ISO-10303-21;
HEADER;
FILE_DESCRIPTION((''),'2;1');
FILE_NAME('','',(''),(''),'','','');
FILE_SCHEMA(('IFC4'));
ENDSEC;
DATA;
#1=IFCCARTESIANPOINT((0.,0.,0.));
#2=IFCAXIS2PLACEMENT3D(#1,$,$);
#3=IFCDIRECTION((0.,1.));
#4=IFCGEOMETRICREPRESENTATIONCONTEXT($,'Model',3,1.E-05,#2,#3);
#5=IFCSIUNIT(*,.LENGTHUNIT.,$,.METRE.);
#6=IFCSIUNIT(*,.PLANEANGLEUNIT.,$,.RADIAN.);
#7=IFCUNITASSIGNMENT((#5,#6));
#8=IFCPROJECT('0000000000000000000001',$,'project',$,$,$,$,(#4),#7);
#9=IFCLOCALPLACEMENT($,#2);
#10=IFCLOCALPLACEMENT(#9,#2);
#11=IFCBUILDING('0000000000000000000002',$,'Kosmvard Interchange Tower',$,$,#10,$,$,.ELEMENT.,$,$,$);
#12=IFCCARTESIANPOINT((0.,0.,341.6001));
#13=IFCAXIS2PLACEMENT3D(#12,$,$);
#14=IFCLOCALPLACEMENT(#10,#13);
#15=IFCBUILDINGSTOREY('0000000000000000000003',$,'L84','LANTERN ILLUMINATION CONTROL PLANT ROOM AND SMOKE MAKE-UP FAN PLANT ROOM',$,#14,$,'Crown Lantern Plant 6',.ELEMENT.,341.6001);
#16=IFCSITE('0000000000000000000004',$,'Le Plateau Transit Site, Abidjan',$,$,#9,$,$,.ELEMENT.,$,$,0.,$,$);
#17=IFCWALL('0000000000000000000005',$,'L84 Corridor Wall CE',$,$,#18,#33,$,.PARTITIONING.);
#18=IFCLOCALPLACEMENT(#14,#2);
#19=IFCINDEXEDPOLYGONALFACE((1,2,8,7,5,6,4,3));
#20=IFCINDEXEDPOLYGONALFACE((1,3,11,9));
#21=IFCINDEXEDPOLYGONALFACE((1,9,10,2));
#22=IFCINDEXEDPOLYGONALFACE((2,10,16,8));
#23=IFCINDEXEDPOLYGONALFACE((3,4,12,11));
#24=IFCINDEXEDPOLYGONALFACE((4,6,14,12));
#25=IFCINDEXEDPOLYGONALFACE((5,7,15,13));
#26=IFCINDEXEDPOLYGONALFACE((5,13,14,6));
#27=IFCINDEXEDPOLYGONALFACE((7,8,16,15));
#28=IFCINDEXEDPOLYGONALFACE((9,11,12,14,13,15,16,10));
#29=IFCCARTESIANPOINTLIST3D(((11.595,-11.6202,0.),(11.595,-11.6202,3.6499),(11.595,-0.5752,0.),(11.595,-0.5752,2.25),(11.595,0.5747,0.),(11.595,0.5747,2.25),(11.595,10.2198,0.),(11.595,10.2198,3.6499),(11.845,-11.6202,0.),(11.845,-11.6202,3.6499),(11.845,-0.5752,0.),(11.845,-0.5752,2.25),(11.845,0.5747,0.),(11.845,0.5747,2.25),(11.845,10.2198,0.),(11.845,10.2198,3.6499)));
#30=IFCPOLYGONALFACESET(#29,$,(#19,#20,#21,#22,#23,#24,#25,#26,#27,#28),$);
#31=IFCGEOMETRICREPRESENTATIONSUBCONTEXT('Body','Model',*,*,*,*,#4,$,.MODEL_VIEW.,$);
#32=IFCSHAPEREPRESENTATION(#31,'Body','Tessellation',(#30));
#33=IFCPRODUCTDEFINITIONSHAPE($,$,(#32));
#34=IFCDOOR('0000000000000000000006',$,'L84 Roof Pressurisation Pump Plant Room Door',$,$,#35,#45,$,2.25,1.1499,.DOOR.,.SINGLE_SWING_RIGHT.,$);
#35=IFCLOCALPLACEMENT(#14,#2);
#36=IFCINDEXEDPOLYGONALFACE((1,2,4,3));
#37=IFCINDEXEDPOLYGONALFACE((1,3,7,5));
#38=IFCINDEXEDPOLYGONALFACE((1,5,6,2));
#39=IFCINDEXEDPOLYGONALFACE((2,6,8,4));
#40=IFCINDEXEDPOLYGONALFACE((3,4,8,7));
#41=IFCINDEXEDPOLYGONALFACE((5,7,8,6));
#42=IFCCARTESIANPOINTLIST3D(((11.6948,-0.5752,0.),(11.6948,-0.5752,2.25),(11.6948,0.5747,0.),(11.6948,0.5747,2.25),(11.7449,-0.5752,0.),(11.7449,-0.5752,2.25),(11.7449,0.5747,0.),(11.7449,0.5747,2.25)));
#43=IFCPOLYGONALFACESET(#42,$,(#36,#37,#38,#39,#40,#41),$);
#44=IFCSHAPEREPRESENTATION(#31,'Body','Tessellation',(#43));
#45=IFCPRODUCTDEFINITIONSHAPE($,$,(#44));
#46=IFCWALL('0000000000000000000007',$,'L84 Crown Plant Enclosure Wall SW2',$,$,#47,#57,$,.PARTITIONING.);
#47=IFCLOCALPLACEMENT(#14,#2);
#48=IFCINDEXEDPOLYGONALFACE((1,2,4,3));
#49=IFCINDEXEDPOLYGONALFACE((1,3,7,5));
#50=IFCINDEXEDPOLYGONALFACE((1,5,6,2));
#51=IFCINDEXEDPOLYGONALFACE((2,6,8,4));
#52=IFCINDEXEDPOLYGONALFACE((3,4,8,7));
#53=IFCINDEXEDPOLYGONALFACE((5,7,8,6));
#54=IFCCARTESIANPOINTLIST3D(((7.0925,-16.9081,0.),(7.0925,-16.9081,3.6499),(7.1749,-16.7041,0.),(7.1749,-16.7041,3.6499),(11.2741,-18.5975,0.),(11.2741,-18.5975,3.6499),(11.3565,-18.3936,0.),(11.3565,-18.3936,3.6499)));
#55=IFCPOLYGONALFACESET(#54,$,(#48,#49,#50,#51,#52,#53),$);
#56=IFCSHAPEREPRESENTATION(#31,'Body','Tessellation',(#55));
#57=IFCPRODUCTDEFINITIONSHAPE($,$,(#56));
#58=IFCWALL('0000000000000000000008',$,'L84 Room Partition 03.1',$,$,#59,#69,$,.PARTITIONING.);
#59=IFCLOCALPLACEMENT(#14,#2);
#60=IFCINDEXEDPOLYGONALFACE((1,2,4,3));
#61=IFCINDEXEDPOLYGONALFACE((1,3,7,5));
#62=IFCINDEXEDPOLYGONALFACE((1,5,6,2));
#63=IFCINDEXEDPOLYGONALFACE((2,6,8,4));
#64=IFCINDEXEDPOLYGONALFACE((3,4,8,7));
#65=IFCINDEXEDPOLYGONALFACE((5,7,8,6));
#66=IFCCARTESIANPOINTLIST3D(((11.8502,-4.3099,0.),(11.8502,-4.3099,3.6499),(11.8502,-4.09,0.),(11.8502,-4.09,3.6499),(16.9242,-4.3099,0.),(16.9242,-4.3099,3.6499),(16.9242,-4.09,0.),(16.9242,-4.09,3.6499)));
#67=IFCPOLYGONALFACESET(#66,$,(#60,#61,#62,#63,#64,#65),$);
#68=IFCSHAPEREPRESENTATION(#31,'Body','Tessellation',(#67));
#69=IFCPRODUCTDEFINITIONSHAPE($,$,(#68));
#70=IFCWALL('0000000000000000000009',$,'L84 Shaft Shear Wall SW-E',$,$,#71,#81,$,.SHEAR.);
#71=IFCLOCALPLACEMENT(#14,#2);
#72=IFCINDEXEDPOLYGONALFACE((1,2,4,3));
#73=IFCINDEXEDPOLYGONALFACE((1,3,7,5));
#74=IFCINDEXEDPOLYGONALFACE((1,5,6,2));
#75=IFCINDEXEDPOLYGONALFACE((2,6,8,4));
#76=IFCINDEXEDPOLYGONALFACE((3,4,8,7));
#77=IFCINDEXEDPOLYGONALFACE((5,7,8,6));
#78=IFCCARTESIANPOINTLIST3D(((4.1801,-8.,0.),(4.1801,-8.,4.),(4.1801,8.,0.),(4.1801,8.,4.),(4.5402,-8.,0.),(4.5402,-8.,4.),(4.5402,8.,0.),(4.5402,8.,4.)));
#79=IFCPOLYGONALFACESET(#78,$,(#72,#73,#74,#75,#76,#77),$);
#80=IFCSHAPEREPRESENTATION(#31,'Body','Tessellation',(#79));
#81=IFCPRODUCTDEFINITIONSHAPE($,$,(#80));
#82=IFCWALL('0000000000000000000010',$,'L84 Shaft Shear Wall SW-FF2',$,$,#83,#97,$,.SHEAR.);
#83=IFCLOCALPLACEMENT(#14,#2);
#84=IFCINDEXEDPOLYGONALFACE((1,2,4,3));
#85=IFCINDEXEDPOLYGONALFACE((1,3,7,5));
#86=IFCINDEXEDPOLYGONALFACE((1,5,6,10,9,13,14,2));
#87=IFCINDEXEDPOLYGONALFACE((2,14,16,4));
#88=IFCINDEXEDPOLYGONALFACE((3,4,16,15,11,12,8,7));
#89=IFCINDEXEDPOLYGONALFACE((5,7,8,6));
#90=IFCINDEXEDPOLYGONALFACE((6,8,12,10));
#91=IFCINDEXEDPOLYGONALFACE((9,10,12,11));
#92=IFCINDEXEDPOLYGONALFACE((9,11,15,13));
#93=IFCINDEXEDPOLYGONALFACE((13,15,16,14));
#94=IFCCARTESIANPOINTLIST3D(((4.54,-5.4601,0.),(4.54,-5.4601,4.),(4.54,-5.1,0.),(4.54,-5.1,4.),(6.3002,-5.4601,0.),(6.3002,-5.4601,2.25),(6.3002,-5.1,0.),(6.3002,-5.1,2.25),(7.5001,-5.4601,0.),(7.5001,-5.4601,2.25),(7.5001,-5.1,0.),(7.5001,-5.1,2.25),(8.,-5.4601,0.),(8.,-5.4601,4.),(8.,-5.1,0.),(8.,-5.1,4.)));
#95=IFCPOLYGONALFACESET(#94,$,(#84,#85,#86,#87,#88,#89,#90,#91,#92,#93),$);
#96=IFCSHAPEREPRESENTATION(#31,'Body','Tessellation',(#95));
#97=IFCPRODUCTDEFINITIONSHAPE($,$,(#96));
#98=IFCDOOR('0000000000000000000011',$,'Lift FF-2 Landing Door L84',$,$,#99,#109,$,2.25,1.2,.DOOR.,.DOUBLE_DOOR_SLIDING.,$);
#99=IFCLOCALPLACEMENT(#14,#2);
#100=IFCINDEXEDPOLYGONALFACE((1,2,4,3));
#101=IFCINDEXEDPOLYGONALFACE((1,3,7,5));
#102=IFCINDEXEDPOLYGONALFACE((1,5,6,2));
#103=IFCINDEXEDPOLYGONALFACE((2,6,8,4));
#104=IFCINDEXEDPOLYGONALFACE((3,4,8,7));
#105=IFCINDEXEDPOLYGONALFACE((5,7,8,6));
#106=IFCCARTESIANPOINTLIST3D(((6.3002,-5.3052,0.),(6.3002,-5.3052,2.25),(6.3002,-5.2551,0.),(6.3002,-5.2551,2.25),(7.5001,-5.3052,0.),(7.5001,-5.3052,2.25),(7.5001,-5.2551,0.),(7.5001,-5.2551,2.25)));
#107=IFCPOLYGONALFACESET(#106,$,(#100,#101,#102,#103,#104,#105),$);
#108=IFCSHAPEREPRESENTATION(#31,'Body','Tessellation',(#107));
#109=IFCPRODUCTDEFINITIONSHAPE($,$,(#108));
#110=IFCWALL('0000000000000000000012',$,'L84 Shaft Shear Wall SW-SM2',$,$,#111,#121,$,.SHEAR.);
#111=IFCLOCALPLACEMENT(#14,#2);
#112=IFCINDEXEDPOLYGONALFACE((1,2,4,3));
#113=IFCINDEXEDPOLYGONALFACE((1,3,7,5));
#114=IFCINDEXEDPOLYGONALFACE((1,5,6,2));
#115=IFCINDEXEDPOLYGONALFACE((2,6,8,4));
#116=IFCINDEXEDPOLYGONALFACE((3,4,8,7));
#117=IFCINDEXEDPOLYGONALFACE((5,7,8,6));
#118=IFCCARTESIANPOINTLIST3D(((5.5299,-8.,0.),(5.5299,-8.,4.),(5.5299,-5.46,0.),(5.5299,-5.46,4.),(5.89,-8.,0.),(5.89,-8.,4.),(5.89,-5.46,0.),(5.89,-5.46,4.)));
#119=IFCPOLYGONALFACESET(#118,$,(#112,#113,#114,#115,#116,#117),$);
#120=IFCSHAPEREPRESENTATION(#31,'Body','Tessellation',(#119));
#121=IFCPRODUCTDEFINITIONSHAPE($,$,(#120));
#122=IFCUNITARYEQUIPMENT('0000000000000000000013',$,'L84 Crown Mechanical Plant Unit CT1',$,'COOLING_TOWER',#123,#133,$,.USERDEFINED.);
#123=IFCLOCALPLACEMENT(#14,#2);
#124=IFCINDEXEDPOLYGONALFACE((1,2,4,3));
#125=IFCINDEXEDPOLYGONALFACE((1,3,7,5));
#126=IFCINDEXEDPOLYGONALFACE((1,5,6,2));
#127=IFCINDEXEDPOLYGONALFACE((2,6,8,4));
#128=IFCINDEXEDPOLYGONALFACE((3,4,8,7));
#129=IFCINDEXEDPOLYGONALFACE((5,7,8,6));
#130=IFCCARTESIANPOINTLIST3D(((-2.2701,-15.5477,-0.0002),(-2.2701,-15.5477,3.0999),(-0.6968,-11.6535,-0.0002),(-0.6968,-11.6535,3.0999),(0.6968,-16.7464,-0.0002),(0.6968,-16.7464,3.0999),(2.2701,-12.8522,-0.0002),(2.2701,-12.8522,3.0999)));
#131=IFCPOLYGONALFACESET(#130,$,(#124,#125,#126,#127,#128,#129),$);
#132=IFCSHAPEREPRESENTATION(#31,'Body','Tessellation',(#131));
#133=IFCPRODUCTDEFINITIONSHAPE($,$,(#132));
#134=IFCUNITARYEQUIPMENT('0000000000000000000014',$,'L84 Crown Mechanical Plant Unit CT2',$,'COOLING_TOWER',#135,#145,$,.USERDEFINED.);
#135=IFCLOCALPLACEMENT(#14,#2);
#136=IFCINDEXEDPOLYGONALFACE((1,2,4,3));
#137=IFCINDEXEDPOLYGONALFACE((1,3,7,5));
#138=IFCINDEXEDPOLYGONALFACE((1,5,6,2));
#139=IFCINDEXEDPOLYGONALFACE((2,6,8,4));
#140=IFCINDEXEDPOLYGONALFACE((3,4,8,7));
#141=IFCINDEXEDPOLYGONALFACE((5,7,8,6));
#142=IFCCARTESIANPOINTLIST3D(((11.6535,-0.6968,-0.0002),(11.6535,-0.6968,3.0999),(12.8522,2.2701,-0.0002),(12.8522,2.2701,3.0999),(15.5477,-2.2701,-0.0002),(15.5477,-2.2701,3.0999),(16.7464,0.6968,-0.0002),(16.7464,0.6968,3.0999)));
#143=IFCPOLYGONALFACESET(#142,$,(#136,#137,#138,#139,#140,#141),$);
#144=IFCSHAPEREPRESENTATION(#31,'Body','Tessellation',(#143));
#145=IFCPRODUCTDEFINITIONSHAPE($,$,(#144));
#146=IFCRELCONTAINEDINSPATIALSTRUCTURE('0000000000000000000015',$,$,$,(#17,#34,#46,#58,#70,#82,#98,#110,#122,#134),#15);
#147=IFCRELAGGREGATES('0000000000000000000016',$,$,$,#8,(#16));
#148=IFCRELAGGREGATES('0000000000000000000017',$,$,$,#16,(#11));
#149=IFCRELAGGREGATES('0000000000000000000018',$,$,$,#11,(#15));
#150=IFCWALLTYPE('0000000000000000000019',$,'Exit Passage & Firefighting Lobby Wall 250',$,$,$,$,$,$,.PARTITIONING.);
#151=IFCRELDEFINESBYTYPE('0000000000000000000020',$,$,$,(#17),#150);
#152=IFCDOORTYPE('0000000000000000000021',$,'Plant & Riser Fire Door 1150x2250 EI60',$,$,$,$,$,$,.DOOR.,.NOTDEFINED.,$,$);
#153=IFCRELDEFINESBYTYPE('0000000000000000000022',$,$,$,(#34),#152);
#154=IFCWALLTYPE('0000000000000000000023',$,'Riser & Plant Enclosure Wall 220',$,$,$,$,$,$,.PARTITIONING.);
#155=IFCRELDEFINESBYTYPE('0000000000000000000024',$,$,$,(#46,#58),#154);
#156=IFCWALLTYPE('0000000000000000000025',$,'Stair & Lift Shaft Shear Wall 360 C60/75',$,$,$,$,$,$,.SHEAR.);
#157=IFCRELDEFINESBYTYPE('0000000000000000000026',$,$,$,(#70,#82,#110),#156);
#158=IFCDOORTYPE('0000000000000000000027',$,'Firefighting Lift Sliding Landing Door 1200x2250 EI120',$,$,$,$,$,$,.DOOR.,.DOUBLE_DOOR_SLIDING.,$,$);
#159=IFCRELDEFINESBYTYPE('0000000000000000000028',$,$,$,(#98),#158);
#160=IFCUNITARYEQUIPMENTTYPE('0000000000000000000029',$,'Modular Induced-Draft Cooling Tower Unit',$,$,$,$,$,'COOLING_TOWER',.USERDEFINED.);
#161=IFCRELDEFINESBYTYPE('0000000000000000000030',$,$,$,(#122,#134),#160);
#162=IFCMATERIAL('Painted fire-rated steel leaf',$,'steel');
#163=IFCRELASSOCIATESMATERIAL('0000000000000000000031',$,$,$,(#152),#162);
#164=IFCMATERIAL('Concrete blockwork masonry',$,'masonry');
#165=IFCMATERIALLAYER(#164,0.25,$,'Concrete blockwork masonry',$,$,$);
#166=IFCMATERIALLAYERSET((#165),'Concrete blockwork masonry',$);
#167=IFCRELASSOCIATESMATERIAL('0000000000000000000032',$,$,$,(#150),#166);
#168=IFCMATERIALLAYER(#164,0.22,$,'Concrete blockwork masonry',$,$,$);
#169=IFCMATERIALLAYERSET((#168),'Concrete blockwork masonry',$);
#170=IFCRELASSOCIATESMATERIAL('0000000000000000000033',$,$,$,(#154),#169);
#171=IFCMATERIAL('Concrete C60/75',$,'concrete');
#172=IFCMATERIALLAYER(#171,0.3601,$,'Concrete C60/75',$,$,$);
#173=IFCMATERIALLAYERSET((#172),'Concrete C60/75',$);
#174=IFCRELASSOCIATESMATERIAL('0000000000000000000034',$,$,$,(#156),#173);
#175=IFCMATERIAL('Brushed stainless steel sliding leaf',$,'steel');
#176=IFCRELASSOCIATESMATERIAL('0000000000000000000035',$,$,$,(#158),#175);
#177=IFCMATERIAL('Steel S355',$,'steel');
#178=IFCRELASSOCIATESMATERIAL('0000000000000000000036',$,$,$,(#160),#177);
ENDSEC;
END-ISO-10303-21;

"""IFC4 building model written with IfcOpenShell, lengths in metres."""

from ifc_helpers import new_model, si_unit, direction, frame, frame_2d, origin, origin_2d, place, context, subcontext, project, spatial, rectangle, extrude, source, transform, mapped, material, layer, layer_set, type_object, element, fill, save


model = new_model("IFC4")

# Units and contexts
model_context = context("Model", 3, precision=1e-05, world=origin(), true_north=direction((0.0, 1.0)))
body_context = subcontext(model_context, "Body", "Model", "MODEL_VIEW")
ifc_project = project(units=[si_unit("LENGTHUNIT", "METRE"), si_unit("PLANEANGLEUNIT", "RADIAN")], contexts=[model_context])

# Site, building, storey
site_placement = place(None, origin())
site = spatial("IfcSite", under=ifc_project, at=site_placement, Name="Le Plateau Transit Site, Abidjan", CompositionType="ELEMENT", RefElevation=0.0)
building_placement = place(site_placement, origin())
building = spatial("IfcBuilding", under=site, at=building_placement, Name="Kosmvard Interchange Tower", CompositionType="ELEMENT")
storey_placement = place(building_placement, frame((0.0, 0.0, 341.6001)))
storey = spatial("IfcBuildingStorey", under=building, at=storey_placement, Name="L84", Description="LANTERN ILLUMINATION CONTROL PLANT ROOM AND SMOKE MAKE-UP FAN PLANT ROOM", LongName="Crown Lantern Plant 6", CompositionType="ELEMENT", Elevation=341.6001)

# Shared definitions
ifc_material_1 = material(Name="Steel S355", Category="steel")

# Shared definitions
ifc_material_2 = material(Name="Painted fire-rated steel leaf", Category="steel")
door_type_1 = type_object("IfcDoorType", Name="Plant & Riser Fire Door 1150x2250 EI60", OperationType="NOTDEFINED", PredefinedType="DOOR", material=ifc_material_2)
shared_shape_1 = source(origin(), body_context, "Body", "SweptSolid", [
    extrude(rectangle(XDim=1.1499, YDim=2.25, at=frame_2d((0.575, 1.125))), frame((0.0, 0.0249, 0.0), z_axis=(0.0, -1.0, 0.0), x_axis=(1.0, 0.0, 0.0)), (0.0, 0.0, 1.0), 0.05),
])

# Wall, opening, door
ifc_material_3 = material(Name="Concrete blockwork masonry", Category="masonry")
ifc_layer_1 = layer(ifc_material_3, 0.25, Name="Concrete blockwork masonry")
ifc_layer_set_1 = layer_set([ifc_layer_1], Name="Concrete blockwork masonry")
wall_type_1 = type_object("IfcWallType", Name="Exit Passage & Firefighting Lobby Wall 250", PredefinedType="PARTITIONING", material=ifc_layer_set_1)
wall_1_placement = place(storey_placement, frame((11.72, -11.6201, 0.0), z_axis=(0.0, 0.0, 1.0), x_axis=(0.0, 1.0, 0.0)))
wall_1 = element("IfcWall", 1, at=wall_1_placement, inside=storey, type_object=wall_type_1, Name="L84 Corridor Wall CE", PredefinedType="PARTITIONING", context=body_context, shape_type="SweptSolid", body=[
    extrude(rectangle(XDim=21.8401, YDim=0.25, at=frame_2d((10.9199, 0.0))), origin(), (0.0, 0.0, 1.0), 3.6499),
])
opening_1_placement = place(wall_1_placement, frame((11.0449, 0.0, 0.0)))
opening_1 = element("IfcOpeningElement", 2, at=opening_1_placement, cuts=wall_1, PredefinedType="OPENING", context=body_context, shape_type="SweptSolid", body=[
    extrude(rectangle(XDim=1.1499, YDim=2.25, at=frame_2d((0.575, 1.125))), frame((0.0, 0.135, 0.0), z_axis=(0.0, -1.0, 0.0), x_axis=(1.0, 0.0, 0.0)), (0.0, 0.0, 1.0), 0.27),
])
door_1_placement = place(opening_1_placement, frame((1.1499, 0.0, 0.0), z_axis=(0.0, 0.0, 1.0), x_axis=(-1.0, 0.0, 0.0)))
door_1 = element("IfcDoor", 3, at=door_1_placement, inside=storey, type_object=door_type_1, Name="L84 Roof Pressurisation Pump Plant Room Door", OperationType="SINGLE_SWING_RIGHT", OverallHeight=2.25, OverallWidth=1.1499, PredefinedType="DOOR", context=body_context, shape_type="MappedRepresentation", body=[
    mapped(shared_shape_1, transform((0.0, 0.0, 0.0), scale=1.0)),
])
fill(opening_1, door_1)

# Walls
ifc_layer_2 = layer(ifc_material_3, 0.22, Name="Concrete blockwork masonry")
ifc_layer_set_2 = layer_set([ifc_layer_2], Name="Concrete blockwork masonry")
wall_type_2 = type_object("IfcWallType", Name="Riser & Plant Enclosure Wall 220", PredefinedType="PARTITIONING", material=ifc_layer_set_2)
wall_2_placement = place(storey_placement, frame((7.1338, -16.8062, 0.0), z_axis=(0.0, 0.0, 1.0), x_axis=(0.927187, -0.374599, 0.0)))
element("IfcWall", 4, at=wall_2_placement, inside=storey, type_object=wall_type_2, Name="L84 Crown Plant Enclosure Wall SW2", PredefinedType="PARTITIONING", context=body_context, shape_type="SweptSolid", body=[
    extrude(rectangle(XDim=4.51, YDim=0.22, at=frame_2d((2.2549, 0.0))), origin(), (0.0, 0.0, 1.0), 3.6499),
])
wall_3_placement = place(storey_placement, frame((11.8501, -4.2, 0.0), z_axis=(0.0, 0.0, 1.0), x_axis=(1.0, 0.0, 0.0)))
element("IfcWall", 5, at=wall_3_placement, inside=storey, type_object=wall_type_2, Name="L84 Room Partition 03.1", PredefinedType="PARTITIONING", context=body_context, shape_type="SweptSolid", body=[
    extrude(rectangle(XDim=5.074, YDim=0.22, at=frame_2d((2.5371, 0.0))), origin(), (0.0, 0.0, 1.0), 3.6499),
])
ifc_material_4 = material(Name="Concrete C60/75", Category="concrete")
ifc_layer_3 = layer(ifc_material_4, 0.3601, Name="Concrete C60/75")
ifc_layer_set_3 = layer_set([ifc_layer_3], Name="Concrete C60/75")
wall_type_3 = type_object("IfcWallType", Name="Stair & Lift Shaft Shear Wall 360 C60/75", PredefinedType="SHEAR", material=ifc_layer_set_3)
wall_4_placement = place(storey_placement, frame((4.3601, -8.0, 0.0), z_axis=(0.0, 0.0, 1.0), x_axis=(0.0, 1.0, 0.0)))
element("IfcWall", 6, at=wall_4_placement, inside=storey, type_object=wall_type_3, Name="L84 Shaft Shear Wall SW-E", PredefinedType="SHEAR", context=body_context, shape_type="SweptSolid", body=[
    extrude(rectangle(XDim=16.0, YDim=0.3601, at=frame_2d((8.0, 0.0))), origin(), (0.0, 0.0, 1.0), 4.0),
])

# Wall, opening, door
wall_5_placement = place(storey_placement, frame((4.54, -5.28, 0.0), z_axis=(0.0, 0.0, 1.0), x_axis=(1.0, 0.0, 0.0)))
wall_5 = element("IfcWall", 7, at=wall_5_placement, inside=storey, type_object=wall_type_3, Name="L84 Shaft Shear Wall SW-FF2", PredefinedType="SHEAR", context=body_context, shape_type="SweptSolid", body=[
    extrude(rectangle(XDim=3.46, YDim=0.3601, at=frame_2d((1.73, 0.0))), origin(), (0.0, 0.0, 1.0), 4.0),
])
opening_2_placement = place(wall_5_placement, frame((1.76, 0.0, 0.0)))
opening_2 = element("IfcOpeningElement", 8, at=opening_2_placement, cuts=wall_5, PredefinedType="OPENING", context=body_context, shape_type="SweptSolid", body=[
    extrude(rectangle(XDim=1.2, YDim=2.25, at=frame_2d((0.6001, 1.125))), frame((0.0, 0.1899, 0.0), z_axis=(0.0, -1.0, 0.0), x_axis=(1.0, 0.0, 0.0)), (0.0, 0.0, 1.0), 0.3801),
])
ifc_material_5 = material(Name="Brushed stainless steel sliding leaf", Category="steel")
door_type_2 = type_object("IfcDoorType", Name="Firefighting Lift Sliding Landing Door 1200x2250 EI120", OperationType="DOUBLE_DOOR_SLIDING", PredefinedType="DOOR", material=ifc_material_5)
shared_shape_2 = source(origin(), body_context, "Body", "SweptSolid", [
    extrude(rectangle(XDim=1.2, YDim=2.25, at=frame_2d((0.6001, 1.125))), frame((0.0, 0.0249, 0.0), z_axis=(0.0, -1.0, 0.0), x_axis=(1.0, 0.0, 0.0)), (0.0, 0.0, 1.0), 0.05),
])
door_2_placement = place(opening_2_placement, origin())
door_2 = element("IfcDoor", 9, at=door_2_placement, inside=storey, type_object=door_type_2, Name="Lift FF-2 Landing Door L84", OperationType="DOUBLE_DOOR_SLIDING", OverallHeight=2.25, OverallWidth=1.2, PredefinedType="DOOR", context=body_context, shape_type="MappedRepresentation", body=[
    mapped(shared_shape_2, transform((0.0, 0.0, 0.0), scale=1.0)),
])
fill(opening_2, door_2)

# Wall
wall_6_placement = place(storey_placement, frame((5.71, -8.0, 0.0), z_axis=(0.0, 0.0, 1.0), x_axis=(0.0, 1.0, 0.0)))
element("IfcWall", 10, at=wall_6_placement, inside=storey, type_object=wall_type_3, Name="L84 Shaft Shear Wall SW-SM2", PredefinedType="SHEAR", context=body_context, shape_type="SweptSolid", body=[
    extrude(rectangle(XDim=2.54, YDim=0.3601, at=frame_2d((1.27, 0.0))), origin(), (0.0, 0.0, 1.0), 4.0),
])

# Unitary equipment
unitary_equipment_type = type_object("IfcUnitaryEquipmentType", Name="Modular Induced-Draft Cooling Tower Unit", ElementType="COOLING_TOWER", PredefinedType="USERDEFINED", material=ifc_material_1)
shared_shape_3 = source(origin(), body_context, "Body", "SweptSolid", [
    extrude(rectangle(XDim=4.2, YDim=3.2, at=origin_2d()), origin(), (0.0, 0.0, 1.0), 3.1001),
])
unitary_equipment_1_placement = place(storey_placement, frame((0.0, -14.2, -0.0002), z_axis=(0.0, 0.0, 1.0), x_axis=(0.374607, 0.927184, 0.0)))
element("IfcUnitaryEquipment", 11, at=unitary_equipment_1_placement, inside=storey, type_object=unitary_equipment_type, Name="L84 Crown Mechanical Plant Unit CT1", ObjectType="COOLING_TOWER", PredefinedType="USERDEFINED", context=body_context, shape_type="MappedRepresentation", body=[
    mapped(shared_shape_3, transform((0.0, 0.0, 0.0), scale=1.0)),
])
shared_shape_4 = source(origin(), body_context, "Body", "SweptSolid", [
    extrude(rectangle(XDim=3.2, YDim=4.2, at=origin_2d()), origin(), (0.0, 0.0, 1.0), 3.1001),
])
unitary_equipment_2_placement = place(storey_placement, frame((14.2, 0.0, -0.0002), z_axis=(0.0, 0.0, 1.0), x_axis=(0.374607, 0.927184, 0.0)))
element("IfcUnitaryEquipment", 12, at=unitary_equipment_2_placement, inside=storey, type_object=unitary_equipment_type, Name="L84 Crown Mechanical Plant Unit CT2", ObjectType="COOLING_TOWER", PredefinedType="USERDEFINED", context=body_context, shape_type="MappedRepresentation", body=[
    mapped(shared_shape_4, transform((0.0, 0.0, 0.0), scale=1.0)),
])

save(model, "model.ifc")
